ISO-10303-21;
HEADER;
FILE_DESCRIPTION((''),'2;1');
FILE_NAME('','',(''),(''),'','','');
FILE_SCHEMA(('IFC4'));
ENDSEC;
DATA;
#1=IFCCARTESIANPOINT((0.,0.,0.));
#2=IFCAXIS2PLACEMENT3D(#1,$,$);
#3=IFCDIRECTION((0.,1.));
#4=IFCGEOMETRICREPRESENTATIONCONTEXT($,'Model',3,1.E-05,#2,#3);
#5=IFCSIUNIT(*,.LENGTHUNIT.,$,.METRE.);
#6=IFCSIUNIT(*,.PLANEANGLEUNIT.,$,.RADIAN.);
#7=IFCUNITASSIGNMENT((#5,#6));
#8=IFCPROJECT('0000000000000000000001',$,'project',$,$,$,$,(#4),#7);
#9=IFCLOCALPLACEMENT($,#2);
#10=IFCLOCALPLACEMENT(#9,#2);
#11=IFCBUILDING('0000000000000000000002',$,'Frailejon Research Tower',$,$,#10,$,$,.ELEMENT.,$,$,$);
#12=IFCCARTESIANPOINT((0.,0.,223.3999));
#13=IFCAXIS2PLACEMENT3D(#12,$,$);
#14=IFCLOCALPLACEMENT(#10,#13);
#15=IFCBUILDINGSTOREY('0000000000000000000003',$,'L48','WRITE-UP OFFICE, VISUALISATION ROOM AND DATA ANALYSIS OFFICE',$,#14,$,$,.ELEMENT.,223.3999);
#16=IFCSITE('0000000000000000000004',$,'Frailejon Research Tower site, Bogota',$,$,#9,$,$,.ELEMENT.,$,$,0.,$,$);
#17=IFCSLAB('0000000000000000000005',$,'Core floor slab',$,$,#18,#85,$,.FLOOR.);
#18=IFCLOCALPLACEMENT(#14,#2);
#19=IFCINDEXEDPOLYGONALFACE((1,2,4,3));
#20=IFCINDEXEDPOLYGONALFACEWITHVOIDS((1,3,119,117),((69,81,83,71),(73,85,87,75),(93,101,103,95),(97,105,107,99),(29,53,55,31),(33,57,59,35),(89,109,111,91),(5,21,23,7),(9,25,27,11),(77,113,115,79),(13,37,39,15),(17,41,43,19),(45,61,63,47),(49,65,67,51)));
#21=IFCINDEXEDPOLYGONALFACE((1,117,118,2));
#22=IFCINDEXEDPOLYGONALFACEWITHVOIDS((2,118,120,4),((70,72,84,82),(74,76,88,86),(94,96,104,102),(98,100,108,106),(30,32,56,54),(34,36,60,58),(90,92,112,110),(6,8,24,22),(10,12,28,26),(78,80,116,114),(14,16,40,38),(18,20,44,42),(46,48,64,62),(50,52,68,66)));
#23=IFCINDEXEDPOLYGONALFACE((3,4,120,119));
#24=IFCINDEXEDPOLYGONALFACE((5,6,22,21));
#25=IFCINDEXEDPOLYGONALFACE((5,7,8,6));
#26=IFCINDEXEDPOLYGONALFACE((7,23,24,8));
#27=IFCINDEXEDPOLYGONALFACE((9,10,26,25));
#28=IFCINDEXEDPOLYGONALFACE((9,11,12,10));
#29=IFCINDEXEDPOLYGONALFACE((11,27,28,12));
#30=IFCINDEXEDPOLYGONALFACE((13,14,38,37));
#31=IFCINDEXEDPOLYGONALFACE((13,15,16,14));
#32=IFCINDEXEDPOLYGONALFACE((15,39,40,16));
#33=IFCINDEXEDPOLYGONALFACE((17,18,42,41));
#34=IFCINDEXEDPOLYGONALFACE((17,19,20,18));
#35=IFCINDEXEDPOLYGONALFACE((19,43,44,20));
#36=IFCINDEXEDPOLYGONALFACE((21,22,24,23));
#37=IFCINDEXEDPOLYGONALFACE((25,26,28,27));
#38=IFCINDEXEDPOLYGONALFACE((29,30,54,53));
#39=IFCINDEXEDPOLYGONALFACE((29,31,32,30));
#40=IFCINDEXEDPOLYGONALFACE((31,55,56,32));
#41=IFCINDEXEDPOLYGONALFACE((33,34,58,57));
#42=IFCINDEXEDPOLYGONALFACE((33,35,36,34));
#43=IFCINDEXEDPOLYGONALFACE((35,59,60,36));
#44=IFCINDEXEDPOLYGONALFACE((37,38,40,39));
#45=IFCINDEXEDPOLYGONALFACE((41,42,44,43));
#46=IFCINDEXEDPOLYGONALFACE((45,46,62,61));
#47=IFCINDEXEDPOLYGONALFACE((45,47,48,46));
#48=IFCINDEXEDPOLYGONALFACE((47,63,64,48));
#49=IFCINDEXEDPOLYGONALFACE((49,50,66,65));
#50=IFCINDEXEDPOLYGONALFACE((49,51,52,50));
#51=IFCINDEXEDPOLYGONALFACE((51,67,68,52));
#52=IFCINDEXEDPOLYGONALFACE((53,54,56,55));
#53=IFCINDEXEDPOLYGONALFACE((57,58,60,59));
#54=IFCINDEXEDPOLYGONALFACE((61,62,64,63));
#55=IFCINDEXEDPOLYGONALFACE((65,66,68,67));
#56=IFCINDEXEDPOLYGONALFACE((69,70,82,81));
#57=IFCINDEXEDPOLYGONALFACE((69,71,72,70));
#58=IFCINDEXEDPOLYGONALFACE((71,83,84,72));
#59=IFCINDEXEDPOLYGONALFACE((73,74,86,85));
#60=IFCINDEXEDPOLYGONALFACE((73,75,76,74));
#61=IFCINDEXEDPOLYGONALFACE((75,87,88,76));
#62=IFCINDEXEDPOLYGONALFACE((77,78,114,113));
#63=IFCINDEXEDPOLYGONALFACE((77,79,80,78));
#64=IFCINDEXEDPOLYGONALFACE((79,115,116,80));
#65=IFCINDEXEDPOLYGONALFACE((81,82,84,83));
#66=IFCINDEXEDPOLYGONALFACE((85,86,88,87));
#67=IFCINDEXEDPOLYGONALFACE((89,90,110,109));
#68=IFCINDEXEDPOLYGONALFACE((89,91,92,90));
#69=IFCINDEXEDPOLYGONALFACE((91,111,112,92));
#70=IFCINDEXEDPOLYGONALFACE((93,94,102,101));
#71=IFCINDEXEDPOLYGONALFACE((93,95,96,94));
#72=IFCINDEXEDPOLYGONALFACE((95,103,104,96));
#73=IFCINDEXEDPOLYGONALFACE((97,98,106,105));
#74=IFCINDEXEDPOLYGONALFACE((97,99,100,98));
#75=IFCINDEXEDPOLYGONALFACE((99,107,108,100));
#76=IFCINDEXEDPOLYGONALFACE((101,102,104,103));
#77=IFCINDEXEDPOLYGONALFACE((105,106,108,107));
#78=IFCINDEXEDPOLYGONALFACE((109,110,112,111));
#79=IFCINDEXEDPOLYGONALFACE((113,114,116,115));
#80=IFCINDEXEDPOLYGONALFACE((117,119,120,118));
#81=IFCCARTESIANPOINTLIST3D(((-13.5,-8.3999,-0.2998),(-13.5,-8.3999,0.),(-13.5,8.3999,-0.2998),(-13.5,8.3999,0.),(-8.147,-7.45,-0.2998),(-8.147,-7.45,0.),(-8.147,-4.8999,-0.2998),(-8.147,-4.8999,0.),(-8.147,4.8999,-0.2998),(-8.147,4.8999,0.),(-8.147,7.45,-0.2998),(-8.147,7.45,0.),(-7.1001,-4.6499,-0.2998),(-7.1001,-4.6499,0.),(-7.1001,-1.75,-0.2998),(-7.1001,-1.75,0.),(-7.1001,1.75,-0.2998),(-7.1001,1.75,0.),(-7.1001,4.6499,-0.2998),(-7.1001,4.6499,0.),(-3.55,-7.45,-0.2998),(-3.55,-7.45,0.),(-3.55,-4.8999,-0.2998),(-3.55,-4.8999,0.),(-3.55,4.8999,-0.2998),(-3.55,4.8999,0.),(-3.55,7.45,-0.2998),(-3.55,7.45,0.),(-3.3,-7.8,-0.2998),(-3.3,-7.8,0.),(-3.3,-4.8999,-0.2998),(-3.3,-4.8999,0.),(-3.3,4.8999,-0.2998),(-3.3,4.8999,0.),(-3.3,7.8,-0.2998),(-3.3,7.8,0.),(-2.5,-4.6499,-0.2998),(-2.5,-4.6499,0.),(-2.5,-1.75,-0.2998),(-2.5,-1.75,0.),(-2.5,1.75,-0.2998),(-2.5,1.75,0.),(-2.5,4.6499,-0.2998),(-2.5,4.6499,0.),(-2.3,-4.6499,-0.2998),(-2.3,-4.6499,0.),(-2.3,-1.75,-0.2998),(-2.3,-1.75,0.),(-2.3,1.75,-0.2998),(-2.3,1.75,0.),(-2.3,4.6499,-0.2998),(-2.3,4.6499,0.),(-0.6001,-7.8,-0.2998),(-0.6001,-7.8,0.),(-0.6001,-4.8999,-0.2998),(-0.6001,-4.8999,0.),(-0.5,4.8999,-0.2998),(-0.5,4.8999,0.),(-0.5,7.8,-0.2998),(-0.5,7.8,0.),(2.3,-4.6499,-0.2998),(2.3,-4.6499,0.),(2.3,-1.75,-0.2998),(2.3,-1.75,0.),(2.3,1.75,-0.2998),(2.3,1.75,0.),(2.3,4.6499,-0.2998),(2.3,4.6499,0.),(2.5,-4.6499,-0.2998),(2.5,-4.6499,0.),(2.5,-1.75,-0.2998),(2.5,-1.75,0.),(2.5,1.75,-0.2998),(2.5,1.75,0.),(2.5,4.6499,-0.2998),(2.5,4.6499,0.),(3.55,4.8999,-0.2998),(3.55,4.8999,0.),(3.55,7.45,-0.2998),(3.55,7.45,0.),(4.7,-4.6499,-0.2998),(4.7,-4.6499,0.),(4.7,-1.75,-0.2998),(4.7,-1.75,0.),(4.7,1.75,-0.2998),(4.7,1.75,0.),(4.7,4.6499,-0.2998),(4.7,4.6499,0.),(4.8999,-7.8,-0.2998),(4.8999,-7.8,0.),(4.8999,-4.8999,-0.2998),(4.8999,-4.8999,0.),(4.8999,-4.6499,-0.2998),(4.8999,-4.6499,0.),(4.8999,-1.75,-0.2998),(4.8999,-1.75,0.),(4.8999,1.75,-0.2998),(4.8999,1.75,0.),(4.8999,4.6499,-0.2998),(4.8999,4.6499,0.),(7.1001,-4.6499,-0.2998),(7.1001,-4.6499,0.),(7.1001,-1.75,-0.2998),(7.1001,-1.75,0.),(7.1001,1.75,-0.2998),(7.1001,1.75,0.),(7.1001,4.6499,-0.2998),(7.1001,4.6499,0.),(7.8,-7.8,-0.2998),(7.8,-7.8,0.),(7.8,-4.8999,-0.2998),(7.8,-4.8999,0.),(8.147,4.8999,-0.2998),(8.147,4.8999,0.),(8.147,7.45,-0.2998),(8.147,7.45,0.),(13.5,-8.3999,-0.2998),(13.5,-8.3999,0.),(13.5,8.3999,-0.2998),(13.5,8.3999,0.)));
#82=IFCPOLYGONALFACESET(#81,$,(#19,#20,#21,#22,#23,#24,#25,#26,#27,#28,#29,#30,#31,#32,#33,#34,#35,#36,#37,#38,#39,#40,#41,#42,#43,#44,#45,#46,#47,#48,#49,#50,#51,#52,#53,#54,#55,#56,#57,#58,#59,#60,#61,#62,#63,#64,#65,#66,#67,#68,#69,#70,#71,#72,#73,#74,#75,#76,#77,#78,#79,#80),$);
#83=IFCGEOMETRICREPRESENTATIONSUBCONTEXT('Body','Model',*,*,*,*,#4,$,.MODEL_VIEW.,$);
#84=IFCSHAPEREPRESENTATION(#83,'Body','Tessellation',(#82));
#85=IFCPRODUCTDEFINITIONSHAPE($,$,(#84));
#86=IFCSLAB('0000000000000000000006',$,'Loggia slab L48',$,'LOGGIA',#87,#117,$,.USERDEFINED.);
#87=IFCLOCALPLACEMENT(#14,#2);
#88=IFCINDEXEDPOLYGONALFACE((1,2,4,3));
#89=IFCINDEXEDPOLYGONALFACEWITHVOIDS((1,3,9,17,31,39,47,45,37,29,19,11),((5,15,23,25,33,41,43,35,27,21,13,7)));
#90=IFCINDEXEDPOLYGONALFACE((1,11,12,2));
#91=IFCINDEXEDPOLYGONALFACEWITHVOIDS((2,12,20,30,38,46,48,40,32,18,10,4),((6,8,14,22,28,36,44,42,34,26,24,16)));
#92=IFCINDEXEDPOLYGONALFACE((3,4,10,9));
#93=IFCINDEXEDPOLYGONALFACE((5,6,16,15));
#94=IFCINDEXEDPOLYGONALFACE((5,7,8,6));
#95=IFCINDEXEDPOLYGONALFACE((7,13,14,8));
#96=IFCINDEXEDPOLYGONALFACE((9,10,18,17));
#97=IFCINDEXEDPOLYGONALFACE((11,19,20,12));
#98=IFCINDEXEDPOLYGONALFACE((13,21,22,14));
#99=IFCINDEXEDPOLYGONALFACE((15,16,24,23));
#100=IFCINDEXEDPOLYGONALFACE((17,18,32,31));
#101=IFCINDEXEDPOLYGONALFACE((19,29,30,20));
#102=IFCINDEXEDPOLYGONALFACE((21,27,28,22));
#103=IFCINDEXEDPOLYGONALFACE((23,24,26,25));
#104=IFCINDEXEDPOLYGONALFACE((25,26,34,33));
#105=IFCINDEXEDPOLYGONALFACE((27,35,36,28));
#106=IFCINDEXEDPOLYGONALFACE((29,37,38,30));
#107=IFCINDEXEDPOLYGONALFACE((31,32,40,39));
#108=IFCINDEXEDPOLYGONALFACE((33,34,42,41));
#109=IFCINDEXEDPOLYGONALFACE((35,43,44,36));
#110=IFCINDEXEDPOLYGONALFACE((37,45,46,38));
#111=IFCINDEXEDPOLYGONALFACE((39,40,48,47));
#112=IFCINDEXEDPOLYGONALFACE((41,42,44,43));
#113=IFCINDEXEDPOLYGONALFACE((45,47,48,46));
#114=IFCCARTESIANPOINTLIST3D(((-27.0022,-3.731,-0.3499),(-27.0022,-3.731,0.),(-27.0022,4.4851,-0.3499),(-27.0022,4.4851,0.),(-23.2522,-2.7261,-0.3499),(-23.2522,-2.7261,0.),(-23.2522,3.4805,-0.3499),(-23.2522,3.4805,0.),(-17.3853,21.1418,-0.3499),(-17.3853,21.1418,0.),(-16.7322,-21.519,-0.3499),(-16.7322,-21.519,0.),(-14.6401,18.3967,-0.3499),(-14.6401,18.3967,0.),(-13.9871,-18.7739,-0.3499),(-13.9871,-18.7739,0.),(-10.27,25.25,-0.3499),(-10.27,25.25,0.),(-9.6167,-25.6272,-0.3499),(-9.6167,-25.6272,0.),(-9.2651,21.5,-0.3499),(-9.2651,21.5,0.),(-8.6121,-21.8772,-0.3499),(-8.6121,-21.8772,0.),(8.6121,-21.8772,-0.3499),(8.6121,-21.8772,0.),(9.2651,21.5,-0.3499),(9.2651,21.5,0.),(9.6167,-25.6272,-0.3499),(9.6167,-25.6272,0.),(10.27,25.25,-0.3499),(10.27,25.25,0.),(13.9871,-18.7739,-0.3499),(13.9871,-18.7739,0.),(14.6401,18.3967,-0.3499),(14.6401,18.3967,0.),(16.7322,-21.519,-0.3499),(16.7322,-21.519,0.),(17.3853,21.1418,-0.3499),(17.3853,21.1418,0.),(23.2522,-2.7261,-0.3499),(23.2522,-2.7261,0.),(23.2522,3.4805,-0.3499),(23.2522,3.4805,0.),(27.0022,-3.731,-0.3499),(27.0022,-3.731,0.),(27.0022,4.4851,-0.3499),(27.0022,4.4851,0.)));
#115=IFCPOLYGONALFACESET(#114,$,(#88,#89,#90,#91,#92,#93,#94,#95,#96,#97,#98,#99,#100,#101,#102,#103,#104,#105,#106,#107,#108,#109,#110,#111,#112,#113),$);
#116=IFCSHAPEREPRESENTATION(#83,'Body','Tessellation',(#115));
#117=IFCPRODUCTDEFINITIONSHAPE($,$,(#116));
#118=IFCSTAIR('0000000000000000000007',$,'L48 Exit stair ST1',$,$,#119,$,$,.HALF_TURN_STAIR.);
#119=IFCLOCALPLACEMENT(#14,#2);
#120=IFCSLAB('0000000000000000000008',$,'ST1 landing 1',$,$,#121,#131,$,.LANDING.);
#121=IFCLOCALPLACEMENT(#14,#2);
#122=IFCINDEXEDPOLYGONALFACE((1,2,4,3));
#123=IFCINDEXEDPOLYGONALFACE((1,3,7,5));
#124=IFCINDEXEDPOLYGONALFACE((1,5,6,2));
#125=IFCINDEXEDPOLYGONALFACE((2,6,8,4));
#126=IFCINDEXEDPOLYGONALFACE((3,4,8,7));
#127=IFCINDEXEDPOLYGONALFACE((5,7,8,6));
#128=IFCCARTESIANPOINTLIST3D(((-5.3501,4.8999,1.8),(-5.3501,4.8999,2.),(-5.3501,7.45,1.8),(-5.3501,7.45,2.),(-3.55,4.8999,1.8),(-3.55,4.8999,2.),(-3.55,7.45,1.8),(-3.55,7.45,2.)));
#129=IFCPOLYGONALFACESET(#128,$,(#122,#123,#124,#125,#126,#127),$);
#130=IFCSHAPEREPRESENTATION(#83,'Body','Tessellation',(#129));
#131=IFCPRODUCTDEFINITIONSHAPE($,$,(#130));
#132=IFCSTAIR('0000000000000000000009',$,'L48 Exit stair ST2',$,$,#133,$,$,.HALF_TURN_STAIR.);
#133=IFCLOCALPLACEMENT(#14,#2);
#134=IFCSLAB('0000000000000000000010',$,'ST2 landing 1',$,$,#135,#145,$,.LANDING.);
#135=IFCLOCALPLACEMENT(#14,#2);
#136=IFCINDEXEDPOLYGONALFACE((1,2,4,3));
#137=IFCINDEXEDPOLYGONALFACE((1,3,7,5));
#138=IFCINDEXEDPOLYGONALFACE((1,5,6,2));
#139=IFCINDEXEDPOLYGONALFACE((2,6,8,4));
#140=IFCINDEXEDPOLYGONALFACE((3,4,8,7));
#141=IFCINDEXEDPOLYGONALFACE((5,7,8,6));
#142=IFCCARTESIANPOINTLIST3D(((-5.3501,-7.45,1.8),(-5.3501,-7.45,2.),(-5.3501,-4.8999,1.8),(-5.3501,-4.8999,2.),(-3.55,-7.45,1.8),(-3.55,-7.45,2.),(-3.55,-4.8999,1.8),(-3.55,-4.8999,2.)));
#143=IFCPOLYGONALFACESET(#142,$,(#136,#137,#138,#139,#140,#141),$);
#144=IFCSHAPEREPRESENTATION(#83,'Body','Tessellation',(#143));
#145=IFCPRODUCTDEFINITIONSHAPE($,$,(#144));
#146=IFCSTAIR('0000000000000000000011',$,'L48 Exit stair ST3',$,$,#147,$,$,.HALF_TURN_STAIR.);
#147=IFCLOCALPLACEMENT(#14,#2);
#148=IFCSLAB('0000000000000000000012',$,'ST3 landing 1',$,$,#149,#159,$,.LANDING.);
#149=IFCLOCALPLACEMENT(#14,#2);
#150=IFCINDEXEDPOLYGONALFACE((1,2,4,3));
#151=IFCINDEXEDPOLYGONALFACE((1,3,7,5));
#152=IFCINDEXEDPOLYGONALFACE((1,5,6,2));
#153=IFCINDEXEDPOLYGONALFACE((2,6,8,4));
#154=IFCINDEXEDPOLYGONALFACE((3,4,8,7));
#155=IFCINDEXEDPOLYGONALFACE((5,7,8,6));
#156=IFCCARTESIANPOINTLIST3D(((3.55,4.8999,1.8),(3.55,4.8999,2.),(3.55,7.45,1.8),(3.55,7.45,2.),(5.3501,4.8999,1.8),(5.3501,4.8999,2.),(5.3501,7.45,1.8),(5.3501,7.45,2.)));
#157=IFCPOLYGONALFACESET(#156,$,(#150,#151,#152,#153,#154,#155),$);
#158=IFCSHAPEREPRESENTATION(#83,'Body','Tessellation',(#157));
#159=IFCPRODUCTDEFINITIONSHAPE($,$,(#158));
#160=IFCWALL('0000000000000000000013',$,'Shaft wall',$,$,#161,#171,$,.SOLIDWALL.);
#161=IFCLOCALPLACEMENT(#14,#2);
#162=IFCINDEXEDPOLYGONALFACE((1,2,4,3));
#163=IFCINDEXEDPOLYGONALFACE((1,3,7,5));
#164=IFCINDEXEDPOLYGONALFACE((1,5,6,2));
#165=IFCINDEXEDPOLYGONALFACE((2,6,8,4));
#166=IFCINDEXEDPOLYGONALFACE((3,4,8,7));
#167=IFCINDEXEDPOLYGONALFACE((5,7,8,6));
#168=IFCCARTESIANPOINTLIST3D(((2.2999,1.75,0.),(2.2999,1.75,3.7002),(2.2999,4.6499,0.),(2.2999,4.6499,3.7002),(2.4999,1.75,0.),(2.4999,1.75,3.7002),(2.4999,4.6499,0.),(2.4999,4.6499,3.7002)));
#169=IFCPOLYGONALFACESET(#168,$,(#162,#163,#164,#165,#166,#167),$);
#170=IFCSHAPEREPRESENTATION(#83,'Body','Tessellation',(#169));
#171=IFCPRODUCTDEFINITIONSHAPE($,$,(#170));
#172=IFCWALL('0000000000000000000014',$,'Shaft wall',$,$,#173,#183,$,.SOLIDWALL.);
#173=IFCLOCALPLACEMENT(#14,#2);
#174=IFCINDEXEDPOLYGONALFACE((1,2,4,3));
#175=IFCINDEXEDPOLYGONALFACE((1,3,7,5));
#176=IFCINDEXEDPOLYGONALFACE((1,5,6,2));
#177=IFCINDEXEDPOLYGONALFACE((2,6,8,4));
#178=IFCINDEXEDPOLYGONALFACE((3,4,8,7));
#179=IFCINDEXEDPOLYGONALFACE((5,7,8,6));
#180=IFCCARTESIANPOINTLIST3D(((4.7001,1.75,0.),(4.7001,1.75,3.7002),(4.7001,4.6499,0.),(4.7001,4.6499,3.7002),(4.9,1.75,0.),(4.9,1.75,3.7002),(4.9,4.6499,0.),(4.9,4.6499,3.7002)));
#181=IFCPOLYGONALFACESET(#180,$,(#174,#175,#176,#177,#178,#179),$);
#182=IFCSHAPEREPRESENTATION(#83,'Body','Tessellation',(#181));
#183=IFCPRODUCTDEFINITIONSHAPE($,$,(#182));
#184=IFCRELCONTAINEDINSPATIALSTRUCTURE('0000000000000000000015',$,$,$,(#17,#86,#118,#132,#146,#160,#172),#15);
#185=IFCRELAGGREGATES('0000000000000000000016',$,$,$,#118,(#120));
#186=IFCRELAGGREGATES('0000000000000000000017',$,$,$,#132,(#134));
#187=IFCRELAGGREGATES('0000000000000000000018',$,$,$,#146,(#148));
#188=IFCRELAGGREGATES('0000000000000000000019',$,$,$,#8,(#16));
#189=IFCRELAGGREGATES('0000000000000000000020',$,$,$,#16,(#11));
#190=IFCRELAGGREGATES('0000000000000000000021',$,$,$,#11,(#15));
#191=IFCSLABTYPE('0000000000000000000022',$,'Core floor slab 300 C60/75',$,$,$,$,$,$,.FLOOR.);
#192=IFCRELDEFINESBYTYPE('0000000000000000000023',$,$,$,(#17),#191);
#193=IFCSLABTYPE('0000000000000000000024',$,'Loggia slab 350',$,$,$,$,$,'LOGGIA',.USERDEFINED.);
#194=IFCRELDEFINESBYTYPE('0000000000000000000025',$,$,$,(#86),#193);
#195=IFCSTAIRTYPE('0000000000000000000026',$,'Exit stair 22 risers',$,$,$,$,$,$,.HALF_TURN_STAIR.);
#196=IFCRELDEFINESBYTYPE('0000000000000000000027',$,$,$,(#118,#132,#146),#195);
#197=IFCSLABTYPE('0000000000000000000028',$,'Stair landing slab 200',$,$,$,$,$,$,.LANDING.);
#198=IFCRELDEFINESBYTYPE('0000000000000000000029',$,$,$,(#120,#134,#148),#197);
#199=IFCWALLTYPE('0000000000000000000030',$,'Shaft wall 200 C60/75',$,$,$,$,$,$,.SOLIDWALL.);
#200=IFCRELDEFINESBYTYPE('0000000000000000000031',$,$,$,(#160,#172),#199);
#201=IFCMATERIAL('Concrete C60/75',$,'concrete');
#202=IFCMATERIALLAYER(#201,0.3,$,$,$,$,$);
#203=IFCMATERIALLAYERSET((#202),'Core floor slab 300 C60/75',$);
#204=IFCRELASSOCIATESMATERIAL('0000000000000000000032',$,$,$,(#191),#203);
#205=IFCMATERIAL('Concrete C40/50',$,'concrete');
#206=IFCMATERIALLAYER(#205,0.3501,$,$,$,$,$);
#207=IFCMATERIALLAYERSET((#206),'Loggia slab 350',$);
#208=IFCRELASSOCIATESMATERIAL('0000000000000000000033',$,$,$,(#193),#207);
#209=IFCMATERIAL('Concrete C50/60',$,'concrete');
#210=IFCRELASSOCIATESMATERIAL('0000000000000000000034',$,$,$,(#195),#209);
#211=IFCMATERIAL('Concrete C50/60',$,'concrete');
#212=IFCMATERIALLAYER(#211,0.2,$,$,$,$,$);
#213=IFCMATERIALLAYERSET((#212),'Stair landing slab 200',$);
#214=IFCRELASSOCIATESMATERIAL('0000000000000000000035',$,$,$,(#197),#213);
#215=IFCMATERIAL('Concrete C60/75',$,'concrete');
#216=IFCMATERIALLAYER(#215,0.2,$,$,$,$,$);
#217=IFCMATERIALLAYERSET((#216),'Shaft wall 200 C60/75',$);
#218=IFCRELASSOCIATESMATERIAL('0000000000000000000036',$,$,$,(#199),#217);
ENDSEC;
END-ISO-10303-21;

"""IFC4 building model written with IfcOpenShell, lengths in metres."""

from ifc_helpers import new_model, si_unit, direction, frame, frame_2d, origin, place, context, subcontext, project, spatial, polyline, rectangle, outline, extrude, material, layer, layer_set, type_object, element, aggregate, save


model = new_model("IFC4")

# Units and contexts
model_context = context("Model", 3, precision=1e-05, world=origin(), true_north=direction((0.0, 1.0)))
body_context = subcontext(model_context, "Body", "Model", "MODEL_VIEW")
ifc_project = project(units=[si_unit("LENGTHUNIT", "METRE"), si_unit("PLANEANGLEUNIT", "RADIAN")], contexts=[model_context])

# Site, building, storey
site_placement = place(None, origin())
site = spatial("IfcSite", under=ifc_project, at=site_placement, Name="Frailejon Research Tower site, Bogota", CompositionType="ELEMENT", RefElevation=0.0)
building_placement = place(site_placement, origin())
building = spatial("IfcBuilding", under=site, at=building_placement, Name="Frailejon Research Tower", CompositionType="ELEMENT")
storey_placement = place(building_placement, frame((0.0, 0.0, 223.3999)))
storey = spatial("IfcBuildingStorey", under=building, at=storey_placement, Name="L48", Description="WRITE-UP OFFICE, VISUALISATION ROOM AND DATA ANALYSIS OFFICE", CompositionType="ELEMENT", Elevation=223.3999)

# Slabs
ifc_material_1 = material(Name="Concrete C60/75", Category="concrete")
ifc_layer_1 = layer(ifc_material_1, 0.3)
ifc_layer_set_1 = layer_set([ifc_layer_1], Name="Core floor slab 300 C60/75")
slab_type_1 = type_object("IfcSlabType", Name="Core floor slab 300 C60/75", PredefinedType="FLOOR", material=ifc_layer_set_1)
slab_1_placement = place(storey_placement, frame((0.0, 0.0, -0.2998)))
element("IfcSlab", 1, at=slab_1_placement, inside=storey, type_object=slab_type_1, Name="Core floor slab", PredefinedType="FLOOR", context=body_context, shape_type="SweptSolid", body=[
    extrude(outline(polyline([(13.5, -8.3999), (13.5, 8.3999), (-13.5, 8.3999), (-13.5, -8.3999), (13.5, -8.3999)]), holes=[polyline([(-2.5, 1.75), (-2.5, 4.6499), (-7.1001, 4.6499), (-7.1001, 1.75), (-2.5, 1.75)]), polyline([(2.3, 1.75), (2.3, 4.6499), (-2.3, 4.6499), (-2.3, 1.75), (2.3, 1.75)]), polyline([(4.7, 1.75), (4.7, 4.6499), (2.5, 4.6499), (2.5, 1.75), (4.7, 1.75)]), polyline([(7.1001, 1.75), (7.1001, 4.6499), (4.8999, 4.6499), (4.8999, 1.75), (7.1001, 1.75)]), polyline([(-2.5, -4.6499), (-2.5, -1.75), (-7.1001, -1.75), (-7.1001, -4.6499), (-2.5, -4.6499)]), polyline([(2.3, -4.6499), (2.3, -1.75), (-2.3, -1.75), (-2.3, -4.6499), (2.3, -4.6499)]), polyline([(4.7, -4.6499), (4.7, -1.75), (2.5, -1.75), (2.5, -4.6499), (4.7, -4.6499)]), polyline([(7.1001, -4.6499), (7.1001, -1.75), (4.8999, -1.75), (4.8999, -4.6499), (7.1001, -4.6499)]), polyline([(-8.147, 4.8999), (-3.55, 4.8999), (-3.55, 7.45), (-8.147, 7.45), (-8.147, 4.8999)]), polyline([(-8.147, -7.45), (-3.55, -7.45), (-3.55, -4.8999), (-8.147, -4.8999), (-8.147, -7.45)]), polyline([(8.147, 7.45), (3.55, 7.45), (3.55, 4.8999), (8.147, 4.8999), (8.147, 7.45)]), polyline([(-0.6001, -7.8), (-0.6001, -4.8999), (-3.3, -4.8999), (-3.3, -7.8), (-0.6001, -7.8)]), polyline([(7.8, -7.8), (7.8, -4.8999), (4.8999, -4.8999), (4.8999, -7.8), (7.8, -7.8)]), polyline([(-0.5, 4.8999), (-0.5, 7.8), (-3.3, 7.8), (-3.3, 4.8999), (-0.5, 4.8999)])]), origin(), (0.0, 0.0, 1.0), 0.2998),
])
ifc_material_2 = material(Name="Concrete C40/50", Category="concrete")
ifc_layer_2 = layer(ifc_material_2, 0.3501)
ifc_layer_set_2 = layer_set([ifc_layer_2], Name="Loggia slab 350")
slab_type_2 = type_object("IfcSlabType", Name="Loggia slab 350", ElementType="LOGGIA", PredefinedType="USERDEFINED", material=ifc_layer_set_2)
slab_2_placement = place(storey_placement, frame((0.0, 0.0, -0.3499)))
element("IfcSlab", 2, at=slab_2_placement, inside=storey, type_object=slab_type_2, Name="Loggia slab L48", ObjectType="LOGGIA", PredefinedType="USERDEFINED", context=body_context, shape_type="SweptSolid", body=[
    extrude(outline(polyline([(16.7322, -21.519), (9.6167, -25.6272), (-9.6167, -25.6272), (-16.7322, -21.519), (-27.0022, -3.731), (-27.0022, 4.4851), (-17.3853, 21.1418), (-10.27, 25.25), (10.27, 25.25), (17.3853, 21.1418), (27.0022, 4.4851), (27.0022, -3.731), (16.7322, -21.519)]), holes=[polyline([(23.2522, 3.4805), (14.6401, 18.3967), (9.2651, 21.5), (-9.2651, 21.5), (-14.6401, 18.3967), (-23.2522, 3.4805), (-23.2522, -2.7261), (-13.9871, -18.7739), (-8.6121, -21.8772), (8.6121, -21.8772), (13.9871, -18.7739), (23.2522, -2.7261), (23.2522, 3.4805)])]), origin(), (0.0, 0.0, 1.0), 0.3499),
])

# Stairs, slabs
ifc_material_3 = material(Name="Concrete C50/60", Category="concrete")
stair_type = type_object("IfcStairType", Name="Exit stair 22 risers", PredefinedType="HALF_TURN_STAIR", material=ifc_material_3)
stair_1_placement = place(storey_placement, origin())
stair_1 = element("IfcStair", 3, at=stair_1_placement, inside=storey, type_object=stair_type, Name="L48 Exit stair ST1", PredefinedType="HALF_TURN_STAIR")
ifc_material_4 = material(Name="Concrete C50/60", Category="concrete")
ifc_layer_3 = layer(ifc_material_4, 0.2)
ifc_layer_set_3 = layer_set([ifc_layer_3], Name="Stair landing slab 200")
slab_type_3 = type_object("IfcSlabType", Name="Stair landing slab 200", PredefinedType="LANDING", material=ifc_layer_set_3)
slab_3_placement = place(storey_placement, frame((0.0, 0.0, 1.8)))
slab_3 = element("IfcSlab", 4, at=slab_3_placement, type_object=slab_type_3, Name="ST1 landing 1", PredefinedType="LANDING", context=body_context, shape_type="SweptSolid", body=[
    extrude(outline(polyline([(-5.3501, 4.8999), (-3.55, 4.8999), (-3.55, 7.45), (-5.3501, 7.45), (-5.3501, 4.8999)])), origin(), (0.0, 0.0, 1.0), 0.2),
])
aggregate(stair_1, [slab_3])
stair_2_placement = place(storey_placement, origin())
stair_2 = element("IfcStair", 5, at=stair_2_placement, inside=storey, type_object=stair_type, Name="L48 Exit stair ST2", PredefinedType="HALF_TURN_STAIR")
slab_4_placement = place(storey_placement, frame((0.0, 0.0, 1.8)))
slab_4 = element("IfcSlab", 6, at=slab_4_placement, type_object=slab_type_3, Name="ST2 landing 1", PredefinedType="LANDING", context=body_context, shape_type="SweptSolid", body=[
    extrude(outline(polyline([(-5.3501, -7.45), (-3.55, -7.45), (-3.55, -4.8999), (-5.3501, -4.8999), (-5.3501, -7.45)])), origin(), (0.0, 0.0, 1.0), 0.2),
])
aggregate(stair_2, [slab_4])
stair_3_placement = place(storey_placement, origin())
stair_3 = element("IfcStair", 7, at=stair_3_placement, inside=storey, type_object=stair_type, Name="L48 Exit stair ST3", PredefinedType="HALF_TURN_STAIR")
slab_5_placement = place(storey_placement, frame((0.0, 0.0, 1.8)))
slab_5 = element("IfcSlab", 8, at=slab_5_placement, type_object=slab_type_3, Name="ST3 landing 1", PredefinedType="LANDING", context=body_context, shape_type="SweptSolid", body=[
    extrude(outline(polyline([(5.3501, 7.45), (3.55, 7.45), (3.55, 4.8999), (5.3501, 4.8999), (5.3501, 7.45)])), origin(), (0.0, 0.0, 1.0), 0.2),
])

# Walls
ifc_material_5 = material(Name="Concrete C60/75", Category="concrete")
ifc_layer_4 = layer(ifc_material_5, 0.2)
ifc_layer_set_4 = layer_set([ifc_layer_4], Name="Shaft wall 200 C60/75")
wall_type_1 = type_object("IfcWallType", Name="Shaft wall 200 C60/75", PredefinedType="SOLIDWALL", material=ifc_layer_set_4)
for number, where, z_axis, x_axis, name in (
    (9, (2.3999, 1.75, 0.0), (0.0, 0.0, 1.0), (0.0, 1.0, 0.0), "Shaft wall"),
    (10, (4.8, 1.75, 0.0), (0.0, 0.0, 1.0), (0.0, 1.0, 0.0), "Shaft wall"),
):
    element("IfcWall", number, at=place(storey_placement, frame(where, z_axis=z_axis, x_axis=x_axis)), inside=storey, type_object=wall_type_1, Name=name, PredefinedType="SOLIDWALL", context=body_context, shape_type="SweptSolid", body=[
        extrude(rectangle(XDim=2.8999, YDim=0.2, at=frame_2d((1.45, 0.0))), origin(), (0.0, 0.0, 1.0), 3.7002),
    ])

aggregate(stair_3, [slab_5])

save(model, "model.ifc")
